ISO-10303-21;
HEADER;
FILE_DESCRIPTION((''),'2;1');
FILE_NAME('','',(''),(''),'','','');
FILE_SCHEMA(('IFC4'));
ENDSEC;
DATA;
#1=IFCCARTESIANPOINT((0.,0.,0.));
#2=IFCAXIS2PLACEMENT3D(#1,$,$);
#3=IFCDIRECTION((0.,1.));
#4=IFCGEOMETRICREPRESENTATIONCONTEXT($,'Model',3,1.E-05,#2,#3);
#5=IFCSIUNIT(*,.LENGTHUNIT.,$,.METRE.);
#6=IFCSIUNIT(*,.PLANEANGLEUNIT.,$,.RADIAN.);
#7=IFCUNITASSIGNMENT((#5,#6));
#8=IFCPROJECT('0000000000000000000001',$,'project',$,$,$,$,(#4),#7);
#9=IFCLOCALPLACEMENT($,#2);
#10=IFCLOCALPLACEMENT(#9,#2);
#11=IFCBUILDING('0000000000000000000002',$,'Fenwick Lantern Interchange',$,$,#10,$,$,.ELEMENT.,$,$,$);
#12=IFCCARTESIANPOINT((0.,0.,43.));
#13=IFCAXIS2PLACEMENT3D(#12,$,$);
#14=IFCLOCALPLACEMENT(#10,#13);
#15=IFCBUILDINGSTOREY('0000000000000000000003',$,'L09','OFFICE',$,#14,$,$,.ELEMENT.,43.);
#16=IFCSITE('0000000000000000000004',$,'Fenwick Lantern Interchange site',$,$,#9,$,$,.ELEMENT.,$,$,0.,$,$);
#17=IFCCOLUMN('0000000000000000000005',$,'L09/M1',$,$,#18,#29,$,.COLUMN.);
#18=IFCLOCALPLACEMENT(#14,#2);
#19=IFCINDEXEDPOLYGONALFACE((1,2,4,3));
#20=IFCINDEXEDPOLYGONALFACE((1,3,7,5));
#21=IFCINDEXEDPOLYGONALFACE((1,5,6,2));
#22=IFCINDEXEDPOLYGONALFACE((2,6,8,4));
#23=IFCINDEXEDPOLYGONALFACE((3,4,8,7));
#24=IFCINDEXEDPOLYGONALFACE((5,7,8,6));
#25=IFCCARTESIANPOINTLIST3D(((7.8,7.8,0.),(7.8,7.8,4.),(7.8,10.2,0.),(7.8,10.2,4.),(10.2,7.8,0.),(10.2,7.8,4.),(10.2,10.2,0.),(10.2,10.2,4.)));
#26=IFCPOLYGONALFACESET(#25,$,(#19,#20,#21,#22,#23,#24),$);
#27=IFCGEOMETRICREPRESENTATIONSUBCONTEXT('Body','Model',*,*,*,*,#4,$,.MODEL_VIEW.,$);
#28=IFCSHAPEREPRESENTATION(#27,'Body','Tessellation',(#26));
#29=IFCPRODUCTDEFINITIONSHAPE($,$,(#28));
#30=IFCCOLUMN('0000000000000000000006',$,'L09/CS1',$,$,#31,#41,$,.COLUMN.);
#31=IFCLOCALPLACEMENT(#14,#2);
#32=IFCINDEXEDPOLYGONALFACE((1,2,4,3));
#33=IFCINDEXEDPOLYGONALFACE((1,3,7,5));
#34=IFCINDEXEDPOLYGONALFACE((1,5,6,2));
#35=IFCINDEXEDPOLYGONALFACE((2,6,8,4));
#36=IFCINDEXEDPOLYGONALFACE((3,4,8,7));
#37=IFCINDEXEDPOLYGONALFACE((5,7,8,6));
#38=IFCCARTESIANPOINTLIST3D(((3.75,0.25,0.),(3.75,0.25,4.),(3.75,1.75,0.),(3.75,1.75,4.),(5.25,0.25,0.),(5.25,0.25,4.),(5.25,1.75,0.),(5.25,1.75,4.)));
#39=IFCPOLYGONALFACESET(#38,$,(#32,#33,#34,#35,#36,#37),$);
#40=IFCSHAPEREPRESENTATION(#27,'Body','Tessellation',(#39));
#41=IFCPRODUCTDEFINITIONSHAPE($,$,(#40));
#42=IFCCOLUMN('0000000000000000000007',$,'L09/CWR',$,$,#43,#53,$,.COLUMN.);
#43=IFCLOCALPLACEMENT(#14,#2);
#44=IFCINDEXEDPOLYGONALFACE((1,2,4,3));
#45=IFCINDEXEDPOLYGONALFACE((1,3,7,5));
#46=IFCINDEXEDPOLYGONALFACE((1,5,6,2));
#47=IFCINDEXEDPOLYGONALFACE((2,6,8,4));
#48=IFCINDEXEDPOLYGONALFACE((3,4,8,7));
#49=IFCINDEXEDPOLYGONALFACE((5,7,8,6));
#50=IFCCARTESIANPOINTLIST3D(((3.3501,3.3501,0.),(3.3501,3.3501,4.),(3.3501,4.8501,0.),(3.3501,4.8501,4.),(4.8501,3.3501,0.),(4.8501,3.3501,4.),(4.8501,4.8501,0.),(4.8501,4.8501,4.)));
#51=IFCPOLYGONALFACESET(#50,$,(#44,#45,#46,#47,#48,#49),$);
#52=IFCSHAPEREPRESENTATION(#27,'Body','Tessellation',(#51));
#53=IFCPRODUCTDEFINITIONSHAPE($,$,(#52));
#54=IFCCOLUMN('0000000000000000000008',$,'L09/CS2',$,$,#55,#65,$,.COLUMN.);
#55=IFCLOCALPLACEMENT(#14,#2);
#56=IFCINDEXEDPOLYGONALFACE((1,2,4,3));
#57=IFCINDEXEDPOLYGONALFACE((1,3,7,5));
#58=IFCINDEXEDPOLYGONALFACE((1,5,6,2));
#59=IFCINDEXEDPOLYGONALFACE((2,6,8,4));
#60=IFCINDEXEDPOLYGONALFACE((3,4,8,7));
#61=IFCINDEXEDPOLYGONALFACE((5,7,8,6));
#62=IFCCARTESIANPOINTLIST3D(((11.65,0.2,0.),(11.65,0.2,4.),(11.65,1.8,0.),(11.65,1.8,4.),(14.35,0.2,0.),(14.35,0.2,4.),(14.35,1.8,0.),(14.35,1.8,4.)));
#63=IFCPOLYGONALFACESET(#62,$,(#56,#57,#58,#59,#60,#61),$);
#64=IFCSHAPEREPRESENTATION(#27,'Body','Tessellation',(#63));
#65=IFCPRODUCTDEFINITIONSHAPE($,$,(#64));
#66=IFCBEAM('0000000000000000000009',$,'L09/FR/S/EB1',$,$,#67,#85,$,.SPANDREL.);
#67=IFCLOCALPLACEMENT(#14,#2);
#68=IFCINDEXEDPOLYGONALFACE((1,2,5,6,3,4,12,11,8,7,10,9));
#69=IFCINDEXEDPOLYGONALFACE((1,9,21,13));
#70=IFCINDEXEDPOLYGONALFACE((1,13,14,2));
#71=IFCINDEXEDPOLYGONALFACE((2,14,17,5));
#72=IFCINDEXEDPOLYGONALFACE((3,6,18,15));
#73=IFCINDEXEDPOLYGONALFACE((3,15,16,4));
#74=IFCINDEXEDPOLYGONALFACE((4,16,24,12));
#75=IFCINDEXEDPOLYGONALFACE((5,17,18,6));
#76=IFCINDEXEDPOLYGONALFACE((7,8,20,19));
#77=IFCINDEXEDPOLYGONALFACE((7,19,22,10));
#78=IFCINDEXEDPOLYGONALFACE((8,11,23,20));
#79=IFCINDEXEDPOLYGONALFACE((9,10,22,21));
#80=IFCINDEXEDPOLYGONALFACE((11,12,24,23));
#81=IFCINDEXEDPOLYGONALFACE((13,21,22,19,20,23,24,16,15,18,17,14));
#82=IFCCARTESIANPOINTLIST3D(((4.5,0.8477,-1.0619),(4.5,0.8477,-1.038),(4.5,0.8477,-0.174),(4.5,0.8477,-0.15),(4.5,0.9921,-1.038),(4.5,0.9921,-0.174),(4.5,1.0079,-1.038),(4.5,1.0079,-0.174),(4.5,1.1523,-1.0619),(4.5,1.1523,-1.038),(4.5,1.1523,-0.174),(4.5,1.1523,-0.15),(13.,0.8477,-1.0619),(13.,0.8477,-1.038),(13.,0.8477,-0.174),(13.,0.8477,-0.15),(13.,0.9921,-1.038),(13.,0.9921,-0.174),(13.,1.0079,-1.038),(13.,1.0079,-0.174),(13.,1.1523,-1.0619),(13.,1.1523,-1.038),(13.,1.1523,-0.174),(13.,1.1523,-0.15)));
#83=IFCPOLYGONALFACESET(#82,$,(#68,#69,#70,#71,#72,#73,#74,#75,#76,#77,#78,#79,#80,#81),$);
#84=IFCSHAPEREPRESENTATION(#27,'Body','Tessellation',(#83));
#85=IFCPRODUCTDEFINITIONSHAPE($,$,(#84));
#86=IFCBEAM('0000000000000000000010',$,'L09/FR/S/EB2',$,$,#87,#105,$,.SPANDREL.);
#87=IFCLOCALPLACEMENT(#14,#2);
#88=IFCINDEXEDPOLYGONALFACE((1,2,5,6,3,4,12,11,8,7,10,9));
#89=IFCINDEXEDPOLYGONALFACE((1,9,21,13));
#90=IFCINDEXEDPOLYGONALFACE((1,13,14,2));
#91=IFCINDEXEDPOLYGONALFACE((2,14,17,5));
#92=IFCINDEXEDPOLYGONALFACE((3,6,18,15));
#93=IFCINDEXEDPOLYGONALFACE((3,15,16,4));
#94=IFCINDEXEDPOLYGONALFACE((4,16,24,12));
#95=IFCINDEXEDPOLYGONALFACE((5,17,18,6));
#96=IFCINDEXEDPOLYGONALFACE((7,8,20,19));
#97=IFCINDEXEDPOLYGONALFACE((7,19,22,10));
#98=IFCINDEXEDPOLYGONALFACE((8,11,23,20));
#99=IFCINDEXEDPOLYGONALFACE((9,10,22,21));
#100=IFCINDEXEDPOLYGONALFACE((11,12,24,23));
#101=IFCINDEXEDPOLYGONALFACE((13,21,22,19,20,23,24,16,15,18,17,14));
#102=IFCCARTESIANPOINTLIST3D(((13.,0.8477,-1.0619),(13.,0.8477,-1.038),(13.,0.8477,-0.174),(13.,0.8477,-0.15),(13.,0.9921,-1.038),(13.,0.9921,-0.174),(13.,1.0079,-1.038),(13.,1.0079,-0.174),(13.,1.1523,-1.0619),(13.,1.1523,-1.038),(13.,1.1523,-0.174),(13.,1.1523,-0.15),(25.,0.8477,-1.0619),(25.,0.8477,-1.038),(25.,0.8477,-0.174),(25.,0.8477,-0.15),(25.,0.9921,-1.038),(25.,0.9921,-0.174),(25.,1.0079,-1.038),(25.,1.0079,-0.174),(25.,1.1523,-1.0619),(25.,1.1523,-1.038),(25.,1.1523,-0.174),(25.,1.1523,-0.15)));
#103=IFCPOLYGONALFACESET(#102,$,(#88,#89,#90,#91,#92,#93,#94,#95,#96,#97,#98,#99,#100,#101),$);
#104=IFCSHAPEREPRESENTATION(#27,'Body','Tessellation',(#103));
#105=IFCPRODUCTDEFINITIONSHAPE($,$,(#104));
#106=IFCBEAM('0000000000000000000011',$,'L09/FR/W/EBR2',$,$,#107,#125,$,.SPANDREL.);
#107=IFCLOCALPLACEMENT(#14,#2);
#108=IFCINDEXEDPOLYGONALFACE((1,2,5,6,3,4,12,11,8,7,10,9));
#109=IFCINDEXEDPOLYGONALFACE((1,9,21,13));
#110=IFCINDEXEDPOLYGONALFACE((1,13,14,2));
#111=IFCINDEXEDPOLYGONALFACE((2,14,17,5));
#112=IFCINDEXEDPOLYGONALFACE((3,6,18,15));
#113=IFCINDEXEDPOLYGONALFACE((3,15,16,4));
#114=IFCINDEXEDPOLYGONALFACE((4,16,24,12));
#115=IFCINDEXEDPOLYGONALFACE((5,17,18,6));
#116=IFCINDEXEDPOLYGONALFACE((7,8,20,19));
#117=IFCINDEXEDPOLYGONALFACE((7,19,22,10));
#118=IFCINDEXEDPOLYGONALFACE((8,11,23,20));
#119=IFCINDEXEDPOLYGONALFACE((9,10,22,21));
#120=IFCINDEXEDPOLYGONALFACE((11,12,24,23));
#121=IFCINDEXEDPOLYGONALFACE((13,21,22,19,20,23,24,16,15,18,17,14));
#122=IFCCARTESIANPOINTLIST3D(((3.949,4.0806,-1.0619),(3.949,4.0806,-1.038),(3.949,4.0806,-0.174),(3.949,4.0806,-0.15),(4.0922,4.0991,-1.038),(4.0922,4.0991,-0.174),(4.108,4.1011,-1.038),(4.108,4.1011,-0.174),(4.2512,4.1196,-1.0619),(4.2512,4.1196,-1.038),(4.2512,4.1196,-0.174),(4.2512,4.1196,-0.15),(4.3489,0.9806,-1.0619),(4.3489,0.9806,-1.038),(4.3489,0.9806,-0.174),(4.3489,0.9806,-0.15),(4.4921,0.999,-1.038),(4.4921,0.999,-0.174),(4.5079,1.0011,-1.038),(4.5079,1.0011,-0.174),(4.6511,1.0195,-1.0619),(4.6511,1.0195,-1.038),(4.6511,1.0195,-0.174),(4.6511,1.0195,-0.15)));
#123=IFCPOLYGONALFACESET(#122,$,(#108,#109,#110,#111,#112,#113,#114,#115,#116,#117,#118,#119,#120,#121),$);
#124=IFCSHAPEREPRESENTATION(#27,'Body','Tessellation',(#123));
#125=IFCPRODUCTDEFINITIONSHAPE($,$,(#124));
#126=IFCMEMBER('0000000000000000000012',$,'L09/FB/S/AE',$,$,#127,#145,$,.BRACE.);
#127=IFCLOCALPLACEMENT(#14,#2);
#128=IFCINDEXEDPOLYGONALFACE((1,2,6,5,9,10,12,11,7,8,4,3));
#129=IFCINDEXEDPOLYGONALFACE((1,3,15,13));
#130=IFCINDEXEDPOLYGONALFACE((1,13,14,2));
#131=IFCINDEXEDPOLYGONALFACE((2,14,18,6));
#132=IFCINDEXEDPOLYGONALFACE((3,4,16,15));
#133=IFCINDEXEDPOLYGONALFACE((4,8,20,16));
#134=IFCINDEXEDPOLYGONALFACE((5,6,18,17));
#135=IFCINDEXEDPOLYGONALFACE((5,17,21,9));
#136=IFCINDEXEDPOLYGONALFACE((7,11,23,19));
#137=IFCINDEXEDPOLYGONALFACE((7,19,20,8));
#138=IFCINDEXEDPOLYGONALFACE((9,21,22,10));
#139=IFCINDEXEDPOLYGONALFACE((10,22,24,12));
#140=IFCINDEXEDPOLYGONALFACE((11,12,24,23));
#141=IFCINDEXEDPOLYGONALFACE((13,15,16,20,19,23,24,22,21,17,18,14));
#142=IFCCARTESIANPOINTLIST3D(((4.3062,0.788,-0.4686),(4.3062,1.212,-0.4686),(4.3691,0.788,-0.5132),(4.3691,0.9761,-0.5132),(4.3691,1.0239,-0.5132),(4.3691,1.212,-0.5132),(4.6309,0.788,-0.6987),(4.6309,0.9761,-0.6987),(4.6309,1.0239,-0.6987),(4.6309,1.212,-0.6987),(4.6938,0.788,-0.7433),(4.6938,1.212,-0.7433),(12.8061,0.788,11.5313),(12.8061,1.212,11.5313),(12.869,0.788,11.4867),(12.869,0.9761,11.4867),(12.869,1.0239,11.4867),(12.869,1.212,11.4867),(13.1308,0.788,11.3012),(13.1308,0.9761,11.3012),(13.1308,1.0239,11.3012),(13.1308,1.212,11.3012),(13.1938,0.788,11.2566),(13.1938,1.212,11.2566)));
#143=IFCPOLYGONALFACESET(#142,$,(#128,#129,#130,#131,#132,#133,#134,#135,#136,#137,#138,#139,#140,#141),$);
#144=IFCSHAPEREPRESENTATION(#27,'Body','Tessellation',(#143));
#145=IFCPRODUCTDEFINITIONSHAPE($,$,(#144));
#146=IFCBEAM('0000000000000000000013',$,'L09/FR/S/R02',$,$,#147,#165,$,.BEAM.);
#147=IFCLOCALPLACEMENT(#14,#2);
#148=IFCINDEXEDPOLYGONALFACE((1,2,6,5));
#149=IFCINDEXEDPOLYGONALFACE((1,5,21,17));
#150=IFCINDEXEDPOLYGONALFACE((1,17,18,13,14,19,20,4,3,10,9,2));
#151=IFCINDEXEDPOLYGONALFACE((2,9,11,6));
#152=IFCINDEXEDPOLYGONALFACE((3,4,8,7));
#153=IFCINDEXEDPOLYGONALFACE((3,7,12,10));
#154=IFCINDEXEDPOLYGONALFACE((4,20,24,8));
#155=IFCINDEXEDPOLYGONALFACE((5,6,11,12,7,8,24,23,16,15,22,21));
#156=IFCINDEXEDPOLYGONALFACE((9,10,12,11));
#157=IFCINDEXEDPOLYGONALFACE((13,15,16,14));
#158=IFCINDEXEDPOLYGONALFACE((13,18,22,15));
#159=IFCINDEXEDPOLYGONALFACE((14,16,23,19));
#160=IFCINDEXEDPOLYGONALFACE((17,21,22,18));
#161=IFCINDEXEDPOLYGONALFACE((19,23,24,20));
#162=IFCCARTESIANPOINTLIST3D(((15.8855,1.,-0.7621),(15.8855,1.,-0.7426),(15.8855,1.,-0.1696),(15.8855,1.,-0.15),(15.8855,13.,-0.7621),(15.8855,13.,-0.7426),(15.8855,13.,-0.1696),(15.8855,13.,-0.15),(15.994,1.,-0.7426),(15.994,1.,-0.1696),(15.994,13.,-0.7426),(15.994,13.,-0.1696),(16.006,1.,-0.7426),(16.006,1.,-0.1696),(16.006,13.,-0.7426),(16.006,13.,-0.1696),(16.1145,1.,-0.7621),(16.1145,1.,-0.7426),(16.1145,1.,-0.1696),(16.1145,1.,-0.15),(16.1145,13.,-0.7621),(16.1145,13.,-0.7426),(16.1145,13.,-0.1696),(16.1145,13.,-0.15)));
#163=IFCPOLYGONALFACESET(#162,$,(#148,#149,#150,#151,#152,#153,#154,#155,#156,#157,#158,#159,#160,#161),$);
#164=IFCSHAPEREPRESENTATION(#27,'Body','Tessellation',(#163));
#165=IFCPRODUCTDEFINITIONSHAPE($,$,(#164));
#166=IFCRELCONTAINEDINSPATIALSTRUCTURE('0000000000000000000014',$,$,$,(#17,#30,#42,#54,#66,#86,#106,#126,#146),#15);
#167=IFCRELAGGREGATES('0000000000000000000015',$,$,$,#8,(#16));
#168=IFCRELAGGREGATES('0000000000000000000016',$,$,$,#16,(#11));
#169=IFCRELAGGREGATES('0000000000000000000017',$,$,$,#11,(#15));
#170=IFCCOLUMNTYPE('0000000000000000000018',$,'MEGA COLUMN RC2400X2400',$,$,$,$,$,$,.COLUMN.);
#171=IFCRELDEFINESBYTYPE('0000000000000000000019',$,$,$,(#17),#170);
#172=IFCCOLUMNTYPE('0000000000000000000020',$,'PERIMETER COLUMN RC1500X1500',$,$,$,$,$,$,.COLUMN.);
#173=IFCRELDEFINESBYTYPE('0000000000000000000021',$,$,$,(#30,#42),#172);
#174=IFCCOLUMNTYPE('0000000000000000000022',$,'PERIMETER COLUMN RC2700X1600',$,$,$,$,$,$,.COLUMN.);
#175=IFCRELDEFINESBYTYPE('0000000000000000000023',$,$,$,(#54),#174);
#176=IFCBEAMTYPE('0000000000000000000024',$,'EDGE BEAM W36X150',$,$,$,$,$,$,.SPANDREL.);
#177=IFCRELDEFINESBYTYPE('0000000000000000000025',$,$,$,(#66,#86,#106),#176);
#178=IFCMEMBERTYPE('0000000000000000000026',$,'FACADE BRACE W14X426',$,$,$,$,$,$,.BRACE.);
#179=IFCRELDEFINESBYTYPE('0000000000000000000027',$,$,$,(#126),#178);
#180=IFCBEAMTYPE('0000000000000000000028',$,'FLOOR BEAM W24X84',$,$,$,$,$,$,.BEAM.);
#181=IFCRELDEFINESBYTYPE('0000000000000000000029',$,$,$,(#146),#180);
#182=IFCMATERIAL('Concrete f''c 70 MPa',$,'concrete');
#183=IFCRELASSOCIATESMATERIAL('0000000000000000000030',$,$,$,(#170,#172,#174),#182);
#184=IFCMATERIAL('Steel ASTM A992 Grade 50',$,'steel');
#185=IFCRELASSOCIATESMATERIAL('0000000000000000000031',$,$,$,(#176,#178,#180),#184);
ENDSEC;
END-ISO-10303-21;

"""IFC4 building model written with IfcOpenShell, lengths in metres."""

from ifc_helpers import new_model, si_unit, direction, frame, origin, origin_2d, place, context, subcontext, project, spatial, rectangle, i_section, extrude, material, material_profile, profile_set, type_object, element, save


model = new_model("IFC4")

# Units and contexts
model_context = context("Model", 3, precision=1e-05, world=origin(), true_north=direction((0.0, 1.0)))
body_context = subcontext(model_context, "Body", "Model", "MODEL_VIEW")
ifc_project = project(units=[si_unit("LENGTHUNIT", "METRE"), si_unit("PLANEANGLEUNIT", "RADIAN")], contexts=[model_context])

# Site, building, storey
site_placement = place(None, origin())
site = spatial("IfcSite", under=ifc_project, at=site_placement, Name="Fenwick Lantern Interchange site", CompositionType="ELEMENT", RefElevation=0.0)
building_placement = place(site_placement, origin())
building = spatial("IfcBuilding", under=site, at=building_placement, Name="Fenwick Lantern Interchange", CompositionType="ELEMENT")
storey_placement = place(building_placement, frame((0.0, 0.0, 43.0)))
storey = spatial("IfcBuildingStorey", under=building, at=storey_placement, Name="L09", Description="OFFICE", CompositionType="ELEMENT", Elevation=43.0)

# Columns
ifc_material_1 = material(Name="Concrete f'c 70 MPa", Category="concrete")
ifc_material_profile_1 = material_profile(ifc_material_1, rectangle(XDim=2.3999, YDim=2.3999, at=origin_2d()), Name="RC2400X2400")
ifc_profile_set_1 = profile_set([ifc_material_profile_1], Name="Concrete f'c 70 MPa")
column_type_1 = type_object("IfcColumnType", Name="MEGA COLUMN RC2400X2400", PredefinedType="COLUMN", material=ifc_profile_set_1)
column_1_placement = place(storey_placement, frame((9.0, 9.0, 0.0), z_axis=(0.0, 0.0, 1.0), x_axis=(1.0, 0.0, 0.0)))
element("IfcColumn", 1, at=column_1_placement, inside=storey, type_object=column_type_1, Name="L09/M1", PredefinedType="COLUMN", context=body_context, shape_type="SweptSolid", body=[
    extrude(rectangle(XDim=2.3999, YDim=2.3999, at=origin_2d()), origin(), (0.0, 0.0, 1.0), 4.0),
])
ifc_material_profile_2 = material_profile(ifc_material_1, rectangle(XDim=1.5, YDim=1.5, at=origin_2d()), Name="RC1500X1500")
ifc_profile_set_2 = profile_set([ifc_material_profile_2], Name="Concrete f'c 70 MPa")
column_type_2 = type_object("IfcColumnType", Name="PERIMETER COLUMN RC1500X1500", PredefinedType="COLUMN", material=ifc_profile_set_2)
for number, where, z_axis, x_axis, name in (
    (2, (4.5, 1.0, 0.0), (0.0, 0.0, 1.0), (1.0, 0.0, 0.0), "L09/CS1"),
    (3, (4.1001, 4.1001, 0.0), (0.0, 0.0, 1.0), (1.0, 0.0, 0.0), "L09/CWR"),
):
    element("IfcColumn", number, at=place(storey_placement, frame(where, z_axis=z_axis, x_axis=x_axis)), inside=storey, type_object=column_type_2, Name=name, PredefinedType="COLUMN", context=body_context, shape_type="SweptSolid", body=[
        extrude(rectangle(XDim=1.5, YDim=1.5, at=origin_2d()), origin(), (0.0, 0.0, 1.0), 4.0),
    ])
ifc_material_profile_3 = material_profile(ifc_material_1, rectangle(XDim=2.7, YDim=1.6001, at=origin_2d()), Name="RC2700X1600")
ifc_profile_set_3 = profile_set([ifc_material_profile_3], Name="Concrete f'c 70 MPa")
column_type_3 = type_object("IfcColumnType", Name="PERIMETER COLUMN RC2700X1600", PredefinedType="COLUMN", material=ifc_profile_set_3)
column_2_placement = place(storey_placement, frame((13.0, 1.0, 0.0), z_axis=(0.0, 0.0, 1.0), x_axis=(1.0, 0.0, 0.0)))
element("IfcColumn", 4, at=column_2_placement, inside=storey, type_object=column_type_3, Name="L09/CS2", PredefinedType="COLUMN", context=body_context, shape_type="SweptSolid", body=[
    extrude(rectangle(XDim=2.7, YDim=1.6001, at=origin_2d()), origin(), (0.0, 0.0, 1.0), 4.0),
])

# Beams
ifc_material_2 = material(Name="Steel ASTM A992 Grade 50", Category="steel")
ifc_material_profile_4 = material_profile(ifc_material_2, i_section(OverallWidth=0.3047, OverallDepth=0.9119, WebThickness=0.0159, FlangeThickness=0.0239, at=origin_2d()), Name="W36X150")
ifc_profile_set_4 = profile_set([ifc_material_profile_4], Name="Steel ASTM A992 Grade 50")
beam_type_1 = type_object("IfcBeamType", Name="EDGE BEAM W36X150", PredefinedType="SPANDREL", material=ifc_profile_set_4)
beam_1_placement = place(storey_placement, frame((4.5, 1.0, -0.606), z_axis=(1.0, 0.0, 0.0), x_axis=(0.0, 1.0, 0.0)))
element("IfcBeam", 5, at=beam_1_placement, inside=storey, type_object=beam_type_1, Name="L09/FR/S/EB1", PredefinedType="SPANDREL", context=body_context, shape_type="SweptSolid", body=[
    extrude(i_section(OverallWidth=0.3047, OverallDepth=0.9119, WebThickness=0.0159, FlangeThickness=0.0239, at=origin_2d()), origin(), (0.0, 0.0, 1.0), 8.5),
])
beam_2_placement = place(storey_placement, frame((13.0, 1.0, -0.606), z_axis=(1.0, 0.0, 0.0), x_axis=(0.0, 1.0, 0.0)))
element("IfcBeam", 6, at=beam_2_placement, inside=storey, type_object=beam_type_1, Name="L09/FR/S/EB2", PredefinedType="SPANDREL", context=body_context, shape_type="SweptSolid", body=[
    extrude(i_section(OverallWidth=0.3047, OverallDepth=0.9119, WebThickness=0.0159, FlangeThickness=0.0239, at=origin_2d()), origin(), (0.0, 0.0, 1.0), 12.0),
])
beam_3_placement = place(storey_placement, frame((4.1001, 4.1001, -0.606), z_axis=(0.127937, -0.991782, 0.0), x_axis=(0.991782, 0.127937, 0.0)))
element("IfcBeam", 7, at=beam_3_placement, inside=storey, type_object=beam_type_1, Name="L09/FR/W/EBR2", PredefinedType="SPANDREL", context=body_context, shape_type="SweptSolid", body=[
    extrude(i_section(OverallWidth=0.3047, OverallDepth=0.9119, WebThickness=0.0159, FlangeThickness=0.0239, at=origin_2d()), origin(), (0.0, 0.0, 1.0), 3.1257),
])

# Member
ifc_material_profile_5 = material_profile(ifc_material_2, i_section(OverallWidth=0.4241, OverallDepth=0.4751, WebThickness=0.0479, FlangeThickness=0.0771, at=origin_2d()), Name="W14X426")
ifc_profile_set_5 = profile_set([ifc_material_profile_5], Name="Steel ASTM A992 Grade 50")
member_type_1 = type_object("IfcMemberType", Name="FACADE BRACE W14X426", PredefinedType="BRACE", material=ifc_profile_set_5)
member_1_placement = place(storey_placement, frame((4.5, 1.0, -0.606), z_axis=(0.578017, 0.0, 0.816024), x_axis=(0.0, 1.0, 0.0)))
element("IfcMember", 8, at=member_1_placement, inside=storey, type_object=member_type_1, Name="L09/FB/S/AE", PredefinedType="BRACE", context=body_context, shape_type="SweptSolid", body=[
    extrude(i_section(OverallWidth=0.4241, OverallDepth=0.4751, WebThickness=0.0479, FlangeThickness=0.0771, at=origin_2d()), origin(), (0.0, 0.0, 1.0), 14.7053),
])

# Beam
ifc_material_profile_6 = material_profile(ifc_material_2, i_section(OverallWidth=0.229, OverallDepth=0.6121, WebThickness=0.012, FlangeThickness=0.0195, at=origin_2d()), Name="W24X84")
ifc_profile_set_6 = profile_set([ifc_material_profile_6], Name="Steel ASTM A992 Grade 50")
beam_type_2 = type_object("IfcBeamType", Name="FLOOR BEAM W24X84", PredefinedType="BEAM", material=ifc_profile_set_6)
beam_4_placement = place(storey_placement, frame((16.0, 1.0, -0.4561), z_axis=(0.0, 1.0, 0.0), x_axis=(-1.0, 0.0, 0.0)))
element("IfcBeam", 9, at=beam_4_placement, inside=storey, type_object=beam_type_2, Name="L09/FR/S/R02", PredefinedType="BEAM", context=body_context, shape_type="SweptSolid", body=[
    extrude(i_section(OverallWidth=0.229, OverallDepth=0.6121, WebThickness=0.012, FlangeThickness=0.0195, at=origin_2d()), origin(), (0.0, 0.0, 1.0), 12.0),
])

save(model, "model.ifc")
